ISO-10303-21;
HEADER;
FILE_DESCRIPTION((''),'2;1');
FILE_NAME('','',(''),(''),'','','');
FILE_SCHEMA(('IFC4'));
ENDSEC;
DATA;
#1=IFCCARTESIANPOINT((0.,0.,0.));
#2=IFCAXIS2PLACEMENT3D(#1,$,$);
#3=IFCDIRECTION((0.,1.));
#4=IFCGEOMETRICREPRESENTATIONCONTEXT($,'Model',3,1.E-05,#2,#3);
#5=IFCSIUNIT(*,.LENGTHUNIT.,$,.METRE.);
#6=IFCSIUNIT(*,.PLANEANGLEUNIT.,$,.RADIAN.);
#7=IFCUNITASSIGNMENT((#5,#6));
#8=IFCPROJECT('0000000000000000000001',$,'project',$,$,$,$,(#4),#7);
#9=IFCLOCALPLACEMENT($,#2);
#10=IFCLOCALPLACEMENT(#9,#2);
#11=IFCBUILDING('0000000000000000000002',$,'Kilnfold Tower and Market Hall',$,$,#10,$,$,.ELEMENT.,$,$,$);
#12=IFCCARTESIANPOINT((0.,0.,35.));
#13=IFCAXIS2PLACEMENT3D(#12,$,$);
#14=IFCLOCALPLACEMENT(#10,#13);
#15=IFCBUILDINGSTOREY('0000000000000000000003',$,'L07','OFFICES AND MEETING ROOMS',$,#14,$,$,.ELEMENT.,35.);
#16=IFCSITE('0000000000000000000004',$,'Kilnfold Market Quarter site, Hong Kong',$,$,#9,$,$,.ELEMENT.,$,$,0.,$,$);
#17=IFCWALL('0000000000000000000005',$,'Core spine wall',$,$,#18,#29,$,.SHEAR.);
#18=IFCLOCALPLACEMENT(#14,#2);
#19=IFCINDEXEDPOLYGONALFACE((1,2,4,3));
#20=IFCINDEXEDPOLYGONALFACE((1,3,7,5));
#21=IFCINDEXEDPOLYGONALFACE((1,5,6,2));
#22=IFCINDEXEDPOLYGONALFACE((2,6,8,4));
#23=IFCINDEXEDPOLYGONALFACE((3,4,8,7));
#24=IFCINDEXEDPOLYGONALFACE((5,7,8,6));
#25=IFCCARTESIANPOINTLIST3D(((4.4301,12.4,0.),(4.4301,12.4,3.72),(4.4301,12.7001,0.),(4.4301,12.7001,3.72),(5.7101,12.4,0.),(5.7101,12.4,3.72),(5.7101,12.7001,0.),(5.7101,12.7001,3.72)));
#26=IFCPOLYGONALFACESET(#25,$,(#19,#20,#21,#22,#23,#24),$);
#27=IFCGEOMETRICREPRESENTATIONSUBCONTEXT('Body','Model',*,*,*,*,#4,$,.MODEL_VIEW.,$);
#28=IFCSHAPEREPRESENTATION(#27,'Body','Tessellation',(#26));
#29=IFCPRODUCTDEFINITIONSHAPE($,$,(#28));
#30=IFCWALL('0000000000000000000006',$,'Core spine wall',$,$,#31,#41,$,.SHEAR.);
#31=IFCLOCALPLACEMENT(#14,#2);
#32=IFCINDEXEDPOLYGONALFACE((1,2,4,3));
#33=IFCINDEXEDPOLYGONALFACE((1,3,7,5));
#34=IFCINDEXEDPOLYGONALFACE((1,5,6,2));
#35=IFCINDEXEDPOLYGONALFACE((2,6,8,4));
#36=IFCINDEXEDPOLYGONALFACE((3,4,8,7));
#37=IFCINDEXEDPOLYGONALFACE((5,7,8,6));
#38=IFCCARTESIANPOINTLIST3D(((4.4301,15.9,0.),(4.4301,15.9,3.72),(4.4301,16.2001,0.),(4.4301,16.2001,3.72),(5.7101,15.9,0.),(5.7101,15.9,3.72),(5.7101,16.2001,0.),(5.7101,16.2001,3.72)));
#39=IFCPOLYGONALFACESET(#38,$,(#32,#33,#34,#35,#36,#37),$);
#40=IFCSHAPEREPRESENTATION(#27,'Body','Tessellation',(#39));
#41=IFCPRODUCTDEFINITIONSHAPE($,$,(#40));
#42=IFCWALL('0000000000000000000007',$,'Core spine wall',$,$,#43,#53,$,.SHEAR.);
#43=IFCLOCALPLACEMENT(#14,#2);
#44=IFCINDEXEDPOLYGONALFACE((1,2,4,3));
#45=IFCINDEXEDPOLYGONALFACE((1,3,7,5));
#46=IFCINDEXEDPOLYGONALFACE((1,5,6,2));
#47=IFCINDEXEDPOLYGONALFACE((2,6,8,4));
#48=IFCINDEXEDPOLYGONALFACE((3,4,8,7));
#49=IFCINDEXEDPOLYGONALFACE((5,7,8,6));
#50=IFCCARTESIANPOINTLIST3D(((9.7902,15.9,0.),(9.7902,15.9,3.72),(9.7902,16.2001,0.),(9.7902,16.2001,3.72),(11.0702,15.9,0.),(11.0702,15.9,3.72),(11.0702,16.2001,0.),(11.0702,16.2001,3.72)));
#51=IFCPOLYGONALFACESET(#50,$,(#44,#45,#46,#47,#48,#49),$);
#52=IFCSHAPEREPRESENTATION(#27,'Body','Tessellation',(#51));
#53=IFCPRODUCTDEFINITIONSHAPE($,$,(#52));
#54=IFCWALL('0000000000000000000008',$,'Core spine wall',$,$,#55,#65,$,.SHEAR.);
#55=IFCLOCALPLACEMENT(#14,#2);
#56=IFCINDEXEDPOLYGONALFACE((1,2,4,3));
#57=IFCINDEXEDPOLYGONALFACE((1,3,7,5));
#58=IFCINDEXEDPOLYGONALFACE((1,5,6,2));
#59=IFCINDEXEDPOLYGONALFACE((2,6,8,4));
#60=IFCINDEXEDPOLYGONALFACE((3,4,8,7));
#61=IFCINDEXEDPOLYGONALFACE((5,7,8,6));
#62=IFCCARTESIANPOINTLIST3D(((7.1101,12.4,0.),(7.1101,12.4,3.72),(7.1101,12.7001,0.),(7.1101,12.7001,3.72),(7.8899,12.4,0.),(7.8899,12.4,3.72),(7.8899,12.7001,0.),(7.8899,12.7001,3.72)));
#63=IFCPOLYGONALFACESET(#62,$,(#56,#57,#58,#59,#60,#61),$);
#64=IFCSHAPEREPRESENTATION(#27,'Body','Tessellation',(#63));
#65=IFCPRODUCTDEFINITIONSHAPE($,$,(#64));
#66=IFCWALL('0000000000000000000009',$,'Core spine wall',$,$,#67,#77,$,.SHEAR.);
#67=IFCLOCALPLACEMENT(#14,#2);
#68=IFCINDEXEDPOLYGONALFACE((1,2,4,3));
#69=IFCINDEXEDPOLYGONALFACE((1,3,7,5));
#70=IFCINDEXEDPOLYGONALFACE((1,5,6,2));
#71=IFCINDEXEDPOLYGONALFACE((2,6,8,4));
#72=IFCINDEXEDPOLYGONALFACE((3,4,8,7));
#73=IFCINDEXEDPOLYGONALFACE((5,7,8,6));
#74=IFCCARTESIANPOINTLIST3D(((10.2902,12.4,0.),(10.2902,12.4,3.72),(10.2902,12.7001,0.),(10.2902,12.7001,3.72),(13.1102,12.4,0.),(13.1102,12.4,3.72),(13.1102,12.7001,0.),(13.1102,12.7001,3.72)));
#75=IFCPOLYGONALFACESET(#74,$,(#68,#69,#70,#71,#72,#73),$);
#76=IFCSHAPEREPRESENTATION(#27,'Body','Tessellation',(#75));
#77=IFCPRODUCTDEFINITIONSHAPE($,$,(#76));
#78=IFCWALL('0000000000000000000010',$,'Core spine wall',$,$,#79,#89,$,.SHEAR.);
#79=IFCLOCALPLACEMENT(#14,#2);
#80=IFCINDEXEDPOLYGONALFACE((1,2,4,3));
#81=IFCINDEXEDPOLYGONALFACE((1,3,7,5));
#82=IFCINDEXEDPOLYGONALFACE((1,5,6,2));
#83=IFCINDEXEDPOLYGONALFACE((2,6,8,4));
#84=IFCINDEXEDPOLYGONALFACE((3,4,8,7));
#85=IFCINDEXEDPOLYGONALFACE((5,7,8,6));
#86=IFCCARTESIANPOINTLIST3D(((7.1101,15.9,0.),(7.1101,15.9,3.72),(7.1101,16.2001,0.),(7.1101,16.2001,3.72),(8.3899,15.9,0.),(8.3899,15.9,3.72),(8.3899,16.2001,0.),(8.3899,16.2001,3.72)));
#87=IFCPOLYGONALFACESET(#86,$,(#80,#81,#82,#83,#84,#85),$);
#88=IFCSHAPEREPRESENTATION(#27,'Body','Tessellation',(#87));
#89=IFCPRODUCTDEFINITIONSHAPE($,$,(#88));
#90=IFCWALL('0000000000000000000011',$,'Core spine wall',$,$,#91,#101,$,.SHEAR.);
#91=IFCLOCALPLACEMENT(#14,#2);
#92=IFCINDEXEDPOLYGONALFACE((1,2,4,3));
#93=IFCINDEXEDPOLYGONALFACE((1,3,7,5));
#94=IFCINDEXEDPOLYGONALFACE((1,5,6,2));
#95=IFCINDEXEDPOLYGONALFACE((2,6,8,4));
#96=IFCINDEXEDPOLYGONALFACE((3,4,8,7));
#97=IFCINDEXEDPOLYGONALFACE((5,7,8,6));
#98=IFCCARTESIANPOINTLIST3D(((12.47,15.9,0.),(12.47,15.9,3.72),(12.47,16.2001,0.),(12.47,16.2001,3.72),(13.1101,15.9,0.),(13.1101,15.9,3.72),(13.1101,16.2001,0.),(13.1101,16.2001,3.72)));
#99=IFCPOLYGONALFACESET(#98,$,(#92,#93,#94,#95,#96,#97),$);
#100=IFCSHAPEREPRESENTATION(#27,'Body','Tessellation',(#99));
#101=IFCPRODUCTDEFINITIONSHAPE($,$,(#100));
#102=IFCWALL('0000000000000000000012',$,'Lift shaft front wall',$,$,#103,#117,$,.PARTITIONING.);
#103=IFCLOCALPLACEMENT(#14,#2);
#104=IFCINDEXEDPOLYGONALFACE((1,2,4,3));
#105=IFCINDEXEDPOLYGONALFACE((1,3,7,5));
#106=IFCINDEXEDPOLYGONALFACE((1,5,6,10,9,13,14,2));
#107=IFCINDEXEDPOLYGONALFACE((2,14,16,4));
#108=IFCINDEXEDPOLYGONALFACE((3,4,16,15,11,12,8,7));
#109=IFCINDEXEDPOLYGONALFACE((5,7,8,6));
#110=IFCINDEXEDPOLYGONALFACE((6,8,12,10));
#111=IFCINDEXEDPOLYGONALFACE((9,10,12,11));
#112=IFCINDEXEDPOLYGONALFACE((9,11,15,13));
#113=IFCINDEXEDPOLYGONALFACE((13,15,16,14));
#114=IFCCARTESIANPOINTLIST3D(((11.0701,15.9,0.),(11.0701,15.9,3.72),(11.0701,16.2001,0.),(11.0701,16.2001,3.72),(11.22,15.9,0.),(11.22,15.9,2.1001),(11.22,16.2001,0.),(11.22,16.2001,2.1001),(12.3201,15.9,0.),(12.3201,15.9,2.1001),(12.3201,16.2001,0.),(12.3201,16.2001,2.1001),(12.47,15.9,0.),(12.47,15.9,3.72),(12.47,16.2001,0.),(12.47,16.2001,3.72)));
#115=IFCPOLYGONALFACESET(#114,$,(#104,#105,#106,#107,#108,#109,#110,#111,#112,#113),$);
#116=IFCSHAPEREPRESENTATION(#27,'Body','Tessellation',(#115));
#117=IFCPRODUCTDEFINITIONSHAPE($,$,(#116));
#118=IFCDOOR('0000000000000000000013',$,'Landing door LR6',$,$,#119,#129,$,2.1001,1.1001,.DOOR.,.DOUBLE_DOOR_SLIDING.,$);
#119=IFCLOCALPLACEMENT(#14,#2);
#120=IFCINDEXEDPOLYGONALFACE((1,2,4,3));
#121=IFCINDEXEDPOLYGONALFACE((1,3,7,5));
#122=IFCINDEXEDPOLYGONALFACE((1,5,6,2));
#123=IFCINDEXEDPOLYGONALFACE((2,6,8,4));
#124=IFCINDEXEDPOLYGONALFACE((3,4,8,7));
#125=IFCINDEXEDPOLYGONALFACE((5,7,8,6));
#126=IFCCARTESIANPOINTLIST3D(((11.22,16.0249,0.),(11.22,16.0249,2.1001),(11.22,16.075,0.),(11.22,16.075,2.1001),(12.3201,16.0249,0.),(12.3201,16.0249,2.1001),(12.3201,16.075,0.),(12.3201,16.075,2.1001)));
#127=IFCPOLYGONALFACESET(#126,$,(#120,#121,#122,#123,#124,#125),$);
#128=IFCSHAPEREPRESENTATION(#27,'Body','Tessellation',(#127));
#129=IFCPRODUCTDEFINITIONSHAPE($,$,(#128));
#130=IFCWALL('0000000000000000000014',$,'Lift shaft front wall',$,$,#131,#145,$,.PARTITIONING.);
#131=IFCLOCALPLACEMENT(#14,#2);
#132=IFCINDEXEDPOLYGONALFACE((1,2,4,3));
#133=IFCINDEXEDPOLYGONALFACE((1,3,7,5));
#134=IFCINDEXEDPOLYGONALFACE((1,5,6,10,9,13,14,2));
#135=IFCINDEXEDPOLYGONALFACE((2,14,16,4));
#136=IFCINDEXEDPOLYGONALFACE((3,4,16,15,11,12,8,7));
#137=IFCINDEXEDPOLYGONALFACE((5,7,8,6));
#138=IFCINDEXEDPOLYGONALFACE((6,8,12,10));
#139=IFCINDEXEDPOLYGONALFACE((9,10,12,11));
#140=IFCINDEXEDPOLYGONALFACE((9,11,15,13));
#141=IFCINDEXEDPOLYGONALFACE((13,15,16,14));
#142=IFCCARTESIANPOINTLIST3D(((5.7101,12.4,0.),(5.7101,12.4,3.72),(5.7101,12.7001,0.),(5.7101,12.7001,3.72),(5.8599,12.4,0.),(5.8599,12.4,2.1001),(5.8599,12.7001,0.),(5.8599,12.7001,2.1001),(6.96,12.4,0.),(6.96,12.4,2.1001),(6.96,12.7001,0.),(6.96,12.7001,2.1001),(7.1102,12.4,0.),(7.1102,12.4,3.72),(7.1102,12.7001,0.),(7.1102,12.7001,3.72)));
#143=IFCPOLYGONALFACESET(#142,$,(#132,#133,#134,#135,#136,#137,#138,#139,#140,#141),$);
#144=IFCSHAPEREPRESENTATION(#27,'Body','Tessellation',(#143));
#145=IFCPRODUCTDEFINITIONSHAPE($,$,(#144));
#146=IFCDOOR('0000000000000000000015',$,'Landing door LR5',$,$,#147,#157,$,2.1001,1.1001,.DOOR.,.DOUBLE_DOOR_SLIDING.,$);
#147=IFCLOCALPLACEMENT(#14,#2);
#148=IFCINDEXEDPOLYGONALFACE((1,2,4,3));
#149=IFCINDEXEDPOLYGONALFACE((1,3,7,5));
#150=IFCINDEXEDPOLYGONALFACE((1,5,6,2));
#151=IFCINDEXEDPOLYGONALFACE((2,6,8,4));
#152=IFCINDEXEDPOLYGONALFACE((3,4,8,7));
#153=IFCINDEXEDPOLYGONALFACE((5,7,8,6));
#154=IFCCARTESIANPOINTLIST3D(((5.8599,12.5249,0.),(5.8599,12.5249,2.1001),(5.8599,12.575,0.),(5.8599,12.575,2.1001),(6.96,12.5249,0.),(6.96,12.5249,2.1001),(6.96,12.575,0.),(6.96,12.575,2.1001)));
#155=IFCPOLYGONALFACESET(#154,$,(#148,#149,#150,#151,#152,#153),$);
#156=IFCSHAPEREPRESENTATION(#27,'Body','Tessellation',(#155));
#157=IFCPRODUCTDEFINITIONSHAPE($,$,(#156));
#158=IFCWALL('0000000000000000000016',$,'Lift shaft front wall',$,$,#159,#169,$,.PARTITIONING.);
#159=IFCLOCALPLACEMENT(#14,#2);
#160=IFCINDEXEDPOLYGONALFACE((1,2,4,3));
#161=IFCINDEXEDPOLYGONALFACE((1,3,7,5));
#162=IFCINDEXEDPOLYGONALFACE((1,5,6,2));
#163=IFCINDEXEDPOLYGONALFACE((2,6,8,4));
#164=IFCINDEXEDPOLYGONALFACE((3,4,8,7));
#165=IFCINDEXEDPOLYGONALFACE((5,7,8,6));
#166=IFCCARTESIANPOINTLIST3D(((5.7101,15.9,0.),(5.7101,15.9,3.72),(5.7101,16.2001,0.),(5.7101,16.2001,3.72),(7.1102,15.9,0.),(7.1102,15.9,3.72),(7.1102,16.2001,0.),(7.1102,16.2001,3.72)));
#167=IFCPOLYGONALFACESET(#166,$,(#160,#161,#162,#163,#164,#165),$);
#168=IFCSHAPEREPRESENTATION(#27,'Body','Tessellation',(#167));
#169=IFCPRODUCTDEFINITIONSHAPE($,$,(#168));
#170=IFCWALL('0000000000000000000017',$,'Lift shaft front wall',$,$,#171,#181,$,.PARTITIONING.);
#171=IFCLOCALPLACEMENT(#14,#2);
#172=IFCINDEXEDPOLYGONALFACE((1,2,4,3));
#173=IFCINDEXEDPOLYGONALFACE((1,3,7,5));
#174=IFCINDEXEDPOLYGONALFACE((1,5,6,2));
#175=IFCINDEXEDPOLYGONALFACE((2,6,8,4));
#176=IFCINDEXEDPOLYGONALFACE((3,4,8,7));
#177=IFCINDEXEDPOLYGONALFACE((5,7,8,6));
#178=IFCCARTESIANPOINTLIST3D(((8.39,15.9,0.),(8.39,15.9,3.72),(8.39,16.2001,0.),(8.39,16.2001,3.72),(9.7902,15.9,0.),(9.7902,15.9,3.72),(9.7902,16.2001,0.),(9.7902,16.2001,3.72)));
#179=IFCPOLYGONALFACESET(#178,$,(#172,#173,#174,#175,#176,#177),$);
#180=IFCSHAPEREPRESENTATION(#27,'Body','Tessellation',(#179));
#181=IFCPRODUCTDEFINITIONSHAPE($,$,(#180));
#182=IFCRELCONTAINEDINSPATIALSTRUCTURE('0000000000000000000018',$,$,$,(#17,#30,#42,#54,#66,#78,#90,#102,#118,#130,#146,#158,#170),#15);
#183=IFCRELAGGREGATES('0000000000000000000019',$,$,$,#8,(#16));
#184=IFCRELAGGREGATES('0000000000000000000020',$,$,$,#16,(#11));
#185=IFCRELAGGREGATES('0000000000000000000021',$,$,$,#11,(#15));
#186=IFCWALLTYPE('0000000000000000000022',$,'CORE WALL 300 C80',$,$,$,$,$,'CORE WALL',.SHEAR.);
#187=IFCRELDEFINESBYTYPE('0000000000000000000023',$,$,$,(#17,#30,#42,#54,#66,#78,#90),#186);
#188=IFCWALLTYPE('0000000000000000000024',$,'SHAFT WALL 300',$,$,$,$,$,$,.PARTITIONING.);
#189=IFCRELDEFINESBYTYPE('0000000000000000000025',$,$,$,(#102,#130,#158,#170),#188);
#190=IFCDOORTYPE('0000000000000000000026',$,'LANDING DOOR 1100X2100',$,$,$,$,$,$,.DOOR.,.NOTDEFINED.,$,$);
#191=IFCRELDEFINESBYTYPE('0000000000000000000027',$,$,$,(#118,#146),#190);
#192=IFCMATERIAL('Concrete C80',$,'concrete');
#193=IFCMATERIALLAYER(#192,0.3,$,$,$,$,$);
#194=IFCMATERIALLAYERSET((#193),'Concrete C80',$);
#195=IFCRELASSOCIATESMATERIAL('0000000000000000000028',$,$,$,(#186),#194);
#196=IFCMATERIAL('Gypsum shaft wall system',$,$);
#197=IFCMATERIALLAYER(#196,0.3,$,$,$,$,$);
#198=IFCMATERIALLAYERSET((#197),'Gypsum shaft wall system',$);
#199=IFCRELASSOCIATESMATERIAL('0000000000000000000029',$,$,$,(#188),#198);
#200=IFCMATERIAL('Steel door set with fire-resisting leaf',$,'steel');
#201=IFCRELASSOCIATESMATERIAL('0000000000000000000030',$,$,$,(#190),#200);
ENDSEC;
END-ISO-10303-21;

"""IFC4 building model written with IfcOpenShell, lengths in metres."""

from ifc_helpers import new_model, si_unit, direction, frame, frame_2d, origin, place, context, subcontext, project, spatial, rectangle, extrude, source, transform, mapped, material, layer, layer_set, type_object, element, fill, save


model = new_model("IFC4")

# Units and contexts
model_context = context("Model", 3, precision=1e-05, world=origin(), true_north=direction((0.0, 1.0)))
body_context = subcontext(model_context, "Body", "Model", "MODEL_VIEW")
ifc_project = project(units=[si_unit("LENGTHUNIT", "METRE"), si_unit("PLANEANGLEUNIT", "RADIAN")], contexts=[model_context])

# Site, building, storey
site_placement = place(None, origin())
site = spatial("IfcSite", under=ifc_project, at=site_placement, Name="Kilnfold Market Quarter site, Hong Kong", CompositionType="ELEMENT", RefElevation=0.0)
building_placement = place(site_placement, origin())
building = spatial("IfcBuilding", under=site, at=building_placement, Name="Kilnfold Tower and Market Hall", CompositionType="ELEMENT")
storey_placement = place(building_placement, frame((0.0, 0.0, 35.0)))
storey = spatial("IfcBuildingStorey", under=building, at=storey_placement, Name="L07", Description="OFFICES AND MEETING ROOMS", CompositionType="ELEMENT", Elevation=35.0)

# Walls
ifc_material_1 = material(Name="Concrete C80", Category="concrete")
ifc_layer_1 = layer(ifc_material_1, 0.3)
ifc_layer_set_1 = layer_set([ifc_layer_1], Name="Concrete C80")
wall_type_1 = type_object("IfcWallType", Name="CORE WALL 300 C80", ElementType="CORE WALL", PredefinedType="SHEAR", material=ifc_layer_set_1)
shared_shape_1 = source(origin(), body_context, "Body", "SweptSolid", [
    extrude(rectangle(XDim=1.28, YDim=0.3, at=frame_2d((0.6401, 0.0))), origin(), (0.0, 0.0, 1.0), 3.72),
])
for number, where, z_axis, x_axis, name in (
    (1, (4.4299, 12.55, 0.0), (0.0, 0.0, 1.0), (1.0, 0.0, 0.0), "Core spine wall"),
    (2, (4.4299, 16.05, 0.0), (0.0, 0.0, 1.0), (1.0, 0.0, 0.0), "Core spine wall"),
    (3, (9.79, 16.05, 0.0), (0.0, 0.0, 1.0), (1.0, 0.0, 0.0), "Core spine wall"),
):
    element("IfcWall", number, at=place(storey_placement, frame(where, z_axis=z_axis, x_axis=x_axis)), inside=storey, type_object=wall_type_1, Name=name, PredefinedType="SHEAR", context=body_context, shape_type="MappedRepresentation", body=[
        mapped(shared_shape_1, transform((0.0, 0.0, 0.0))),
    ])
shared_shape_2 = source(origin(), body_context, "Body", "SweptSolid", [
    extrude(rectangle(XDim=0.7798, YDim=0.3, at=frame_2d((0.3899, 0.0))), origin(), (0.0, 0.0, 1.0), 3.72),
])
wall_1_placement = place(storey_placement, frame((7.1101, 12.55, 0.0), z_axis=(0.0, 0.0, 1.0), x_axis=(1.0, 0.0, 0.0)))
element("IfcWall", 4, at=wall_1_placement, inside=storey, type_object=wall_type_1, Name="Core spine wall", PredefinedType="SHEAR", context=body_context, shape_type="MappedRepresentation", body=[
    mapped(shared_shape_2, transform((0.0, 0.0, 0.0))),
])
shared_shape_3 = source(origin(), body_context, "Body", "SweptSolid", [
    extrude(rectangle(XDim=2.8201, YDim=0.3, at=frame_2d((1.4102, 0.0))), origin(), (0.0, 0.0, 1.0), 3.72),
])
wall_2_placement = place(storey_placement, frame((10.29, 12.55, 0.0), z_axis=(0.0, 0.0, 1.0), x_axis=(1.0, 0.0, 0.0)))
element("IfcWall", 5, at=wall_2_placement, inside=storey, type_object=wall_type_1, Name="Core spine wall", PredefinedType="SHEAR", context=body_context, shape_type="MappedRepresentation", body=[
    mapped(shared_shape_3, transform((0.0, 0.0, 0.0))),
])
shared_shape_4 = source(origin(), body_context, "Body", "SweptSolid", [
    extrude(rectangle(XDim=1.2798, YDim=0.3, at=frame_2d((0.6399, 0.0))), origin(), (0.0, 0.0, 1.0), 3.72),
])
wall_3_placement = place(storey_placement, frame((7.1101, 16.05, 0.0), z_axis=(0.0, 0.0, 1.0), x_axis=(1.0, 0.0, 0.0)))
element("IfcWall", 6, at=wall_3_placement, inside=storey, type_object=wall_type_1, Name="Core spine wall", PredefinedType="SHEAR", context=body_context, shape_type="MappedRepresentation", body=[
    mapped(shared_shape_4, transform((0.0, 0.0, 0.0))),
])
shared_shape_5 = source(origin(), body_context, "Body", "SweptSolid", [
    extrude(rectangle(XDim=0.6401, YDim=0.3, at=frame_2d((0.3201, 0.0))), origin(), (0.0, 0.0, 1.0), 3.72),
])
wall_4_placement = place(storey_placement, frame((12.47, 16.05, 0.0), z_axis=(0.0, 0.0, 1.0), x_axis=(1.0, 0.0, 0.0)))
element("IfcWall", 7, at=wall_4_placement, inside=storey, type_object=wall_type_1, Name="Core spine wall", PredefinedType="SHEAR", context=body_context, shape_type="MappedRepresentation", body=[
    mapped(shared_shape_5, transform((0.0, 0.0, 0.0))),
])

# Walls, openings, doors
ifc_material_2 = material(Name="Gypsum shaft wall system")
ifc_layer_2 = layer(ifc_material_2, 0.3)
ifc_layer_set_2 = layer_set([ifc_layer_2], Name="Gypsum shaft wall system")
wall_type_2 = type_object("IfcWallType", Name="SHAFT WALL 300", PredefinedType="PARTITIONING", material=ifc_layer_set_2)
shared_shape_6 = source(origin(), body_context, "Body", "SweptSolid", [
    extrude(rectangle(XDim=1.3999, YDim=0.3, at=frame_2d((0.7, 0.0))), origin(), (0.0, 0.0, 1.0), 3.72),
])
wall_5_placement = place(storey_placement, frame((11.0701, 16.05, 0.0), z_axis=(0.0, 0.0, 1.0), x_axis=(1.0, 0.0, 0.0)))
wall_5 = element("IfcWall", 8, at=wall_5_placement, inside=storey, type_object=wall_type_2, Name="Lift shaft front wall", PredefinedType="PARTITIONING", context=body_context, shape_type="MappedRepresentation", body=[
    mapped(shared_shape_6, transform((0.0, 0.0, 0.0))),
])
opening_1_placement = place(wall_5_placement, frame((0.1499, 0.0, 0.0)))
opening_1 = element("IfcOpeningElement", 9, at=opening_1_placement, cuts=wall_5, PredefinedType="OPENING", context=body_context, shape_type="SweptSolid", body=[
    extrude(rectangle(XDim=1.1001, YDim=2.1001, at=frame_2d((0.55, 1.05))), frame((0.0, 0.1602, 0.0), z_axis=(0.0, -1.0, 0.0), x_axis=(1.0, 0.0, 0.0)), (0.0, 0.0, 1.0), 0.3201),
])
ifc_material_3 = material(Name="Steel door set with fire-resisting leaf", Category="steel")
door_type_1 = type_object("IfcDoorType", Name="LANDING DOOR 1100X2100", OperationType="NOTDEFINED", PredefinedType="DOOR", material=ifc_material_3)
door_1_placement = place(opening_1_placement, origin())
door_1 = element("IfcDoor", 10, at=door_1_placement, inside=storey, type_object=door_type_1, Name="Landing door LR6", OperationType="DOUBLE_DOOR_SLIDING", OverallHeight=2.1001, OverallWidth=1.1001, PredefinedType="DOOR", context=body_context, shape_type="SweptSolid", body=[
    extrude(rectangle(XDim=1.1001, YDim=2.1001, at=frame_2d((0.55, 1.05))), frame((0.0, 0.0249, 0.0), z_axis=(0.0, -1.0, 0.0), x_axis=(1.0, 0.0, 0.0)), (0.0, 0.0, 1.0), 0.05),
])
fill(opening_1, door_1)
shared_shape_7 = source(origin(), body_context, "Body", "SweptSolid", [
    extrude(rectangle(XDim=1.4001, YDim=0.3, at=frame_2d((0.7002, 0.0))), origin(), (0.0, 0.0, 1.0), 3.72),
])
wall_6_placement = place(storey_placement, frame((5.71, 12.55, 0.0), z_axis=(0.0, 0.0, 1.0), x_axis=(1.0, 0.0, 0.0)))
wall_6 = element("IfcWall", 11, at=wall_6_placement, inside=storey, type_object=wall_type_2, Name="Lift shaft front wall", PredefinedType="PARTITIONING", context=body_context, shape_type="MappedRepresentation", body=[
    mapped(shared_shape_7, transform((0.0, 0.0, 0.0))),
])
opening_2_placement = place(wall_6_placement, frame((0.1499, 0.0, 0.0)))
opening_2 = element("IfcOpeningElement", 12, at=opening_2_placement, cuts=wall_6, PredefinedType="OPENING", context=body_context, shape_type="SweptSolid", body=[
    extrude(rectangle(XDim=1.1001, YDim=2.1001, at=frame_2d((0.55, 1.05))), frame((0.0, 0.1602, 0.0), z_axis=(0.0, -1.0, 0.0), x_axis=(1.0, 0.0, 0.0)), (0.0, 0.0, 1.0), 0.3201),
])
door_2_placement = place(opening_2_placement, origin())
door_2 = element("IfcDoor", 13, at=door_2_placement, inside=storey, type_object=door_type_1, Name="Landing door LR5", OperationType="DOUBLE_DOOR_SLIDING", OverallHeight=2.1001, OverallWidth=1.1001, PredefinedType="DOOR", context=body_context, shape_type="SweptSolid", body=[
    extrude(rectangle(XDim=1.1001, YDim=2.1001, at=frame_2d((0.55, 1.05))), frame((0.0, 0.0249, 0.0), z_axis=(0.0, -1.0, 0.0), x_axis=(1.0, 0.0, 0.0)), (0.0, 0.0, 1.0), 0.05),
])
fill(opening_2, door_2)

# Walls
for number, where, z_axis, x_axis, name in (
    (14, (5.71, 16.05, 0.0), (0.0, 0.0, 1.0), (1.0, 0.0, 0.0), "Lift shaft front wall"),
    (15, (8.3899, 16.05, 0.0), (0.0, 0.0, 1.0), (1.0, 0.0, 0.0), "Lift shaft front wall"),
):
    element("IfcWall", number, at=place(storey_placement, frame(where, z_axis=z_axis, x_axis=x_axis)), inside=storey, type_object=wall_type_2, Name=name, PredefinedType="PARTITIONING", context=body_context, shape_type="MappedRepresentation", body=[
        mapped(shared_shape_7, transform((0.0, 0.0, 0.0))),
    ])

save(model, "model.ifc")
